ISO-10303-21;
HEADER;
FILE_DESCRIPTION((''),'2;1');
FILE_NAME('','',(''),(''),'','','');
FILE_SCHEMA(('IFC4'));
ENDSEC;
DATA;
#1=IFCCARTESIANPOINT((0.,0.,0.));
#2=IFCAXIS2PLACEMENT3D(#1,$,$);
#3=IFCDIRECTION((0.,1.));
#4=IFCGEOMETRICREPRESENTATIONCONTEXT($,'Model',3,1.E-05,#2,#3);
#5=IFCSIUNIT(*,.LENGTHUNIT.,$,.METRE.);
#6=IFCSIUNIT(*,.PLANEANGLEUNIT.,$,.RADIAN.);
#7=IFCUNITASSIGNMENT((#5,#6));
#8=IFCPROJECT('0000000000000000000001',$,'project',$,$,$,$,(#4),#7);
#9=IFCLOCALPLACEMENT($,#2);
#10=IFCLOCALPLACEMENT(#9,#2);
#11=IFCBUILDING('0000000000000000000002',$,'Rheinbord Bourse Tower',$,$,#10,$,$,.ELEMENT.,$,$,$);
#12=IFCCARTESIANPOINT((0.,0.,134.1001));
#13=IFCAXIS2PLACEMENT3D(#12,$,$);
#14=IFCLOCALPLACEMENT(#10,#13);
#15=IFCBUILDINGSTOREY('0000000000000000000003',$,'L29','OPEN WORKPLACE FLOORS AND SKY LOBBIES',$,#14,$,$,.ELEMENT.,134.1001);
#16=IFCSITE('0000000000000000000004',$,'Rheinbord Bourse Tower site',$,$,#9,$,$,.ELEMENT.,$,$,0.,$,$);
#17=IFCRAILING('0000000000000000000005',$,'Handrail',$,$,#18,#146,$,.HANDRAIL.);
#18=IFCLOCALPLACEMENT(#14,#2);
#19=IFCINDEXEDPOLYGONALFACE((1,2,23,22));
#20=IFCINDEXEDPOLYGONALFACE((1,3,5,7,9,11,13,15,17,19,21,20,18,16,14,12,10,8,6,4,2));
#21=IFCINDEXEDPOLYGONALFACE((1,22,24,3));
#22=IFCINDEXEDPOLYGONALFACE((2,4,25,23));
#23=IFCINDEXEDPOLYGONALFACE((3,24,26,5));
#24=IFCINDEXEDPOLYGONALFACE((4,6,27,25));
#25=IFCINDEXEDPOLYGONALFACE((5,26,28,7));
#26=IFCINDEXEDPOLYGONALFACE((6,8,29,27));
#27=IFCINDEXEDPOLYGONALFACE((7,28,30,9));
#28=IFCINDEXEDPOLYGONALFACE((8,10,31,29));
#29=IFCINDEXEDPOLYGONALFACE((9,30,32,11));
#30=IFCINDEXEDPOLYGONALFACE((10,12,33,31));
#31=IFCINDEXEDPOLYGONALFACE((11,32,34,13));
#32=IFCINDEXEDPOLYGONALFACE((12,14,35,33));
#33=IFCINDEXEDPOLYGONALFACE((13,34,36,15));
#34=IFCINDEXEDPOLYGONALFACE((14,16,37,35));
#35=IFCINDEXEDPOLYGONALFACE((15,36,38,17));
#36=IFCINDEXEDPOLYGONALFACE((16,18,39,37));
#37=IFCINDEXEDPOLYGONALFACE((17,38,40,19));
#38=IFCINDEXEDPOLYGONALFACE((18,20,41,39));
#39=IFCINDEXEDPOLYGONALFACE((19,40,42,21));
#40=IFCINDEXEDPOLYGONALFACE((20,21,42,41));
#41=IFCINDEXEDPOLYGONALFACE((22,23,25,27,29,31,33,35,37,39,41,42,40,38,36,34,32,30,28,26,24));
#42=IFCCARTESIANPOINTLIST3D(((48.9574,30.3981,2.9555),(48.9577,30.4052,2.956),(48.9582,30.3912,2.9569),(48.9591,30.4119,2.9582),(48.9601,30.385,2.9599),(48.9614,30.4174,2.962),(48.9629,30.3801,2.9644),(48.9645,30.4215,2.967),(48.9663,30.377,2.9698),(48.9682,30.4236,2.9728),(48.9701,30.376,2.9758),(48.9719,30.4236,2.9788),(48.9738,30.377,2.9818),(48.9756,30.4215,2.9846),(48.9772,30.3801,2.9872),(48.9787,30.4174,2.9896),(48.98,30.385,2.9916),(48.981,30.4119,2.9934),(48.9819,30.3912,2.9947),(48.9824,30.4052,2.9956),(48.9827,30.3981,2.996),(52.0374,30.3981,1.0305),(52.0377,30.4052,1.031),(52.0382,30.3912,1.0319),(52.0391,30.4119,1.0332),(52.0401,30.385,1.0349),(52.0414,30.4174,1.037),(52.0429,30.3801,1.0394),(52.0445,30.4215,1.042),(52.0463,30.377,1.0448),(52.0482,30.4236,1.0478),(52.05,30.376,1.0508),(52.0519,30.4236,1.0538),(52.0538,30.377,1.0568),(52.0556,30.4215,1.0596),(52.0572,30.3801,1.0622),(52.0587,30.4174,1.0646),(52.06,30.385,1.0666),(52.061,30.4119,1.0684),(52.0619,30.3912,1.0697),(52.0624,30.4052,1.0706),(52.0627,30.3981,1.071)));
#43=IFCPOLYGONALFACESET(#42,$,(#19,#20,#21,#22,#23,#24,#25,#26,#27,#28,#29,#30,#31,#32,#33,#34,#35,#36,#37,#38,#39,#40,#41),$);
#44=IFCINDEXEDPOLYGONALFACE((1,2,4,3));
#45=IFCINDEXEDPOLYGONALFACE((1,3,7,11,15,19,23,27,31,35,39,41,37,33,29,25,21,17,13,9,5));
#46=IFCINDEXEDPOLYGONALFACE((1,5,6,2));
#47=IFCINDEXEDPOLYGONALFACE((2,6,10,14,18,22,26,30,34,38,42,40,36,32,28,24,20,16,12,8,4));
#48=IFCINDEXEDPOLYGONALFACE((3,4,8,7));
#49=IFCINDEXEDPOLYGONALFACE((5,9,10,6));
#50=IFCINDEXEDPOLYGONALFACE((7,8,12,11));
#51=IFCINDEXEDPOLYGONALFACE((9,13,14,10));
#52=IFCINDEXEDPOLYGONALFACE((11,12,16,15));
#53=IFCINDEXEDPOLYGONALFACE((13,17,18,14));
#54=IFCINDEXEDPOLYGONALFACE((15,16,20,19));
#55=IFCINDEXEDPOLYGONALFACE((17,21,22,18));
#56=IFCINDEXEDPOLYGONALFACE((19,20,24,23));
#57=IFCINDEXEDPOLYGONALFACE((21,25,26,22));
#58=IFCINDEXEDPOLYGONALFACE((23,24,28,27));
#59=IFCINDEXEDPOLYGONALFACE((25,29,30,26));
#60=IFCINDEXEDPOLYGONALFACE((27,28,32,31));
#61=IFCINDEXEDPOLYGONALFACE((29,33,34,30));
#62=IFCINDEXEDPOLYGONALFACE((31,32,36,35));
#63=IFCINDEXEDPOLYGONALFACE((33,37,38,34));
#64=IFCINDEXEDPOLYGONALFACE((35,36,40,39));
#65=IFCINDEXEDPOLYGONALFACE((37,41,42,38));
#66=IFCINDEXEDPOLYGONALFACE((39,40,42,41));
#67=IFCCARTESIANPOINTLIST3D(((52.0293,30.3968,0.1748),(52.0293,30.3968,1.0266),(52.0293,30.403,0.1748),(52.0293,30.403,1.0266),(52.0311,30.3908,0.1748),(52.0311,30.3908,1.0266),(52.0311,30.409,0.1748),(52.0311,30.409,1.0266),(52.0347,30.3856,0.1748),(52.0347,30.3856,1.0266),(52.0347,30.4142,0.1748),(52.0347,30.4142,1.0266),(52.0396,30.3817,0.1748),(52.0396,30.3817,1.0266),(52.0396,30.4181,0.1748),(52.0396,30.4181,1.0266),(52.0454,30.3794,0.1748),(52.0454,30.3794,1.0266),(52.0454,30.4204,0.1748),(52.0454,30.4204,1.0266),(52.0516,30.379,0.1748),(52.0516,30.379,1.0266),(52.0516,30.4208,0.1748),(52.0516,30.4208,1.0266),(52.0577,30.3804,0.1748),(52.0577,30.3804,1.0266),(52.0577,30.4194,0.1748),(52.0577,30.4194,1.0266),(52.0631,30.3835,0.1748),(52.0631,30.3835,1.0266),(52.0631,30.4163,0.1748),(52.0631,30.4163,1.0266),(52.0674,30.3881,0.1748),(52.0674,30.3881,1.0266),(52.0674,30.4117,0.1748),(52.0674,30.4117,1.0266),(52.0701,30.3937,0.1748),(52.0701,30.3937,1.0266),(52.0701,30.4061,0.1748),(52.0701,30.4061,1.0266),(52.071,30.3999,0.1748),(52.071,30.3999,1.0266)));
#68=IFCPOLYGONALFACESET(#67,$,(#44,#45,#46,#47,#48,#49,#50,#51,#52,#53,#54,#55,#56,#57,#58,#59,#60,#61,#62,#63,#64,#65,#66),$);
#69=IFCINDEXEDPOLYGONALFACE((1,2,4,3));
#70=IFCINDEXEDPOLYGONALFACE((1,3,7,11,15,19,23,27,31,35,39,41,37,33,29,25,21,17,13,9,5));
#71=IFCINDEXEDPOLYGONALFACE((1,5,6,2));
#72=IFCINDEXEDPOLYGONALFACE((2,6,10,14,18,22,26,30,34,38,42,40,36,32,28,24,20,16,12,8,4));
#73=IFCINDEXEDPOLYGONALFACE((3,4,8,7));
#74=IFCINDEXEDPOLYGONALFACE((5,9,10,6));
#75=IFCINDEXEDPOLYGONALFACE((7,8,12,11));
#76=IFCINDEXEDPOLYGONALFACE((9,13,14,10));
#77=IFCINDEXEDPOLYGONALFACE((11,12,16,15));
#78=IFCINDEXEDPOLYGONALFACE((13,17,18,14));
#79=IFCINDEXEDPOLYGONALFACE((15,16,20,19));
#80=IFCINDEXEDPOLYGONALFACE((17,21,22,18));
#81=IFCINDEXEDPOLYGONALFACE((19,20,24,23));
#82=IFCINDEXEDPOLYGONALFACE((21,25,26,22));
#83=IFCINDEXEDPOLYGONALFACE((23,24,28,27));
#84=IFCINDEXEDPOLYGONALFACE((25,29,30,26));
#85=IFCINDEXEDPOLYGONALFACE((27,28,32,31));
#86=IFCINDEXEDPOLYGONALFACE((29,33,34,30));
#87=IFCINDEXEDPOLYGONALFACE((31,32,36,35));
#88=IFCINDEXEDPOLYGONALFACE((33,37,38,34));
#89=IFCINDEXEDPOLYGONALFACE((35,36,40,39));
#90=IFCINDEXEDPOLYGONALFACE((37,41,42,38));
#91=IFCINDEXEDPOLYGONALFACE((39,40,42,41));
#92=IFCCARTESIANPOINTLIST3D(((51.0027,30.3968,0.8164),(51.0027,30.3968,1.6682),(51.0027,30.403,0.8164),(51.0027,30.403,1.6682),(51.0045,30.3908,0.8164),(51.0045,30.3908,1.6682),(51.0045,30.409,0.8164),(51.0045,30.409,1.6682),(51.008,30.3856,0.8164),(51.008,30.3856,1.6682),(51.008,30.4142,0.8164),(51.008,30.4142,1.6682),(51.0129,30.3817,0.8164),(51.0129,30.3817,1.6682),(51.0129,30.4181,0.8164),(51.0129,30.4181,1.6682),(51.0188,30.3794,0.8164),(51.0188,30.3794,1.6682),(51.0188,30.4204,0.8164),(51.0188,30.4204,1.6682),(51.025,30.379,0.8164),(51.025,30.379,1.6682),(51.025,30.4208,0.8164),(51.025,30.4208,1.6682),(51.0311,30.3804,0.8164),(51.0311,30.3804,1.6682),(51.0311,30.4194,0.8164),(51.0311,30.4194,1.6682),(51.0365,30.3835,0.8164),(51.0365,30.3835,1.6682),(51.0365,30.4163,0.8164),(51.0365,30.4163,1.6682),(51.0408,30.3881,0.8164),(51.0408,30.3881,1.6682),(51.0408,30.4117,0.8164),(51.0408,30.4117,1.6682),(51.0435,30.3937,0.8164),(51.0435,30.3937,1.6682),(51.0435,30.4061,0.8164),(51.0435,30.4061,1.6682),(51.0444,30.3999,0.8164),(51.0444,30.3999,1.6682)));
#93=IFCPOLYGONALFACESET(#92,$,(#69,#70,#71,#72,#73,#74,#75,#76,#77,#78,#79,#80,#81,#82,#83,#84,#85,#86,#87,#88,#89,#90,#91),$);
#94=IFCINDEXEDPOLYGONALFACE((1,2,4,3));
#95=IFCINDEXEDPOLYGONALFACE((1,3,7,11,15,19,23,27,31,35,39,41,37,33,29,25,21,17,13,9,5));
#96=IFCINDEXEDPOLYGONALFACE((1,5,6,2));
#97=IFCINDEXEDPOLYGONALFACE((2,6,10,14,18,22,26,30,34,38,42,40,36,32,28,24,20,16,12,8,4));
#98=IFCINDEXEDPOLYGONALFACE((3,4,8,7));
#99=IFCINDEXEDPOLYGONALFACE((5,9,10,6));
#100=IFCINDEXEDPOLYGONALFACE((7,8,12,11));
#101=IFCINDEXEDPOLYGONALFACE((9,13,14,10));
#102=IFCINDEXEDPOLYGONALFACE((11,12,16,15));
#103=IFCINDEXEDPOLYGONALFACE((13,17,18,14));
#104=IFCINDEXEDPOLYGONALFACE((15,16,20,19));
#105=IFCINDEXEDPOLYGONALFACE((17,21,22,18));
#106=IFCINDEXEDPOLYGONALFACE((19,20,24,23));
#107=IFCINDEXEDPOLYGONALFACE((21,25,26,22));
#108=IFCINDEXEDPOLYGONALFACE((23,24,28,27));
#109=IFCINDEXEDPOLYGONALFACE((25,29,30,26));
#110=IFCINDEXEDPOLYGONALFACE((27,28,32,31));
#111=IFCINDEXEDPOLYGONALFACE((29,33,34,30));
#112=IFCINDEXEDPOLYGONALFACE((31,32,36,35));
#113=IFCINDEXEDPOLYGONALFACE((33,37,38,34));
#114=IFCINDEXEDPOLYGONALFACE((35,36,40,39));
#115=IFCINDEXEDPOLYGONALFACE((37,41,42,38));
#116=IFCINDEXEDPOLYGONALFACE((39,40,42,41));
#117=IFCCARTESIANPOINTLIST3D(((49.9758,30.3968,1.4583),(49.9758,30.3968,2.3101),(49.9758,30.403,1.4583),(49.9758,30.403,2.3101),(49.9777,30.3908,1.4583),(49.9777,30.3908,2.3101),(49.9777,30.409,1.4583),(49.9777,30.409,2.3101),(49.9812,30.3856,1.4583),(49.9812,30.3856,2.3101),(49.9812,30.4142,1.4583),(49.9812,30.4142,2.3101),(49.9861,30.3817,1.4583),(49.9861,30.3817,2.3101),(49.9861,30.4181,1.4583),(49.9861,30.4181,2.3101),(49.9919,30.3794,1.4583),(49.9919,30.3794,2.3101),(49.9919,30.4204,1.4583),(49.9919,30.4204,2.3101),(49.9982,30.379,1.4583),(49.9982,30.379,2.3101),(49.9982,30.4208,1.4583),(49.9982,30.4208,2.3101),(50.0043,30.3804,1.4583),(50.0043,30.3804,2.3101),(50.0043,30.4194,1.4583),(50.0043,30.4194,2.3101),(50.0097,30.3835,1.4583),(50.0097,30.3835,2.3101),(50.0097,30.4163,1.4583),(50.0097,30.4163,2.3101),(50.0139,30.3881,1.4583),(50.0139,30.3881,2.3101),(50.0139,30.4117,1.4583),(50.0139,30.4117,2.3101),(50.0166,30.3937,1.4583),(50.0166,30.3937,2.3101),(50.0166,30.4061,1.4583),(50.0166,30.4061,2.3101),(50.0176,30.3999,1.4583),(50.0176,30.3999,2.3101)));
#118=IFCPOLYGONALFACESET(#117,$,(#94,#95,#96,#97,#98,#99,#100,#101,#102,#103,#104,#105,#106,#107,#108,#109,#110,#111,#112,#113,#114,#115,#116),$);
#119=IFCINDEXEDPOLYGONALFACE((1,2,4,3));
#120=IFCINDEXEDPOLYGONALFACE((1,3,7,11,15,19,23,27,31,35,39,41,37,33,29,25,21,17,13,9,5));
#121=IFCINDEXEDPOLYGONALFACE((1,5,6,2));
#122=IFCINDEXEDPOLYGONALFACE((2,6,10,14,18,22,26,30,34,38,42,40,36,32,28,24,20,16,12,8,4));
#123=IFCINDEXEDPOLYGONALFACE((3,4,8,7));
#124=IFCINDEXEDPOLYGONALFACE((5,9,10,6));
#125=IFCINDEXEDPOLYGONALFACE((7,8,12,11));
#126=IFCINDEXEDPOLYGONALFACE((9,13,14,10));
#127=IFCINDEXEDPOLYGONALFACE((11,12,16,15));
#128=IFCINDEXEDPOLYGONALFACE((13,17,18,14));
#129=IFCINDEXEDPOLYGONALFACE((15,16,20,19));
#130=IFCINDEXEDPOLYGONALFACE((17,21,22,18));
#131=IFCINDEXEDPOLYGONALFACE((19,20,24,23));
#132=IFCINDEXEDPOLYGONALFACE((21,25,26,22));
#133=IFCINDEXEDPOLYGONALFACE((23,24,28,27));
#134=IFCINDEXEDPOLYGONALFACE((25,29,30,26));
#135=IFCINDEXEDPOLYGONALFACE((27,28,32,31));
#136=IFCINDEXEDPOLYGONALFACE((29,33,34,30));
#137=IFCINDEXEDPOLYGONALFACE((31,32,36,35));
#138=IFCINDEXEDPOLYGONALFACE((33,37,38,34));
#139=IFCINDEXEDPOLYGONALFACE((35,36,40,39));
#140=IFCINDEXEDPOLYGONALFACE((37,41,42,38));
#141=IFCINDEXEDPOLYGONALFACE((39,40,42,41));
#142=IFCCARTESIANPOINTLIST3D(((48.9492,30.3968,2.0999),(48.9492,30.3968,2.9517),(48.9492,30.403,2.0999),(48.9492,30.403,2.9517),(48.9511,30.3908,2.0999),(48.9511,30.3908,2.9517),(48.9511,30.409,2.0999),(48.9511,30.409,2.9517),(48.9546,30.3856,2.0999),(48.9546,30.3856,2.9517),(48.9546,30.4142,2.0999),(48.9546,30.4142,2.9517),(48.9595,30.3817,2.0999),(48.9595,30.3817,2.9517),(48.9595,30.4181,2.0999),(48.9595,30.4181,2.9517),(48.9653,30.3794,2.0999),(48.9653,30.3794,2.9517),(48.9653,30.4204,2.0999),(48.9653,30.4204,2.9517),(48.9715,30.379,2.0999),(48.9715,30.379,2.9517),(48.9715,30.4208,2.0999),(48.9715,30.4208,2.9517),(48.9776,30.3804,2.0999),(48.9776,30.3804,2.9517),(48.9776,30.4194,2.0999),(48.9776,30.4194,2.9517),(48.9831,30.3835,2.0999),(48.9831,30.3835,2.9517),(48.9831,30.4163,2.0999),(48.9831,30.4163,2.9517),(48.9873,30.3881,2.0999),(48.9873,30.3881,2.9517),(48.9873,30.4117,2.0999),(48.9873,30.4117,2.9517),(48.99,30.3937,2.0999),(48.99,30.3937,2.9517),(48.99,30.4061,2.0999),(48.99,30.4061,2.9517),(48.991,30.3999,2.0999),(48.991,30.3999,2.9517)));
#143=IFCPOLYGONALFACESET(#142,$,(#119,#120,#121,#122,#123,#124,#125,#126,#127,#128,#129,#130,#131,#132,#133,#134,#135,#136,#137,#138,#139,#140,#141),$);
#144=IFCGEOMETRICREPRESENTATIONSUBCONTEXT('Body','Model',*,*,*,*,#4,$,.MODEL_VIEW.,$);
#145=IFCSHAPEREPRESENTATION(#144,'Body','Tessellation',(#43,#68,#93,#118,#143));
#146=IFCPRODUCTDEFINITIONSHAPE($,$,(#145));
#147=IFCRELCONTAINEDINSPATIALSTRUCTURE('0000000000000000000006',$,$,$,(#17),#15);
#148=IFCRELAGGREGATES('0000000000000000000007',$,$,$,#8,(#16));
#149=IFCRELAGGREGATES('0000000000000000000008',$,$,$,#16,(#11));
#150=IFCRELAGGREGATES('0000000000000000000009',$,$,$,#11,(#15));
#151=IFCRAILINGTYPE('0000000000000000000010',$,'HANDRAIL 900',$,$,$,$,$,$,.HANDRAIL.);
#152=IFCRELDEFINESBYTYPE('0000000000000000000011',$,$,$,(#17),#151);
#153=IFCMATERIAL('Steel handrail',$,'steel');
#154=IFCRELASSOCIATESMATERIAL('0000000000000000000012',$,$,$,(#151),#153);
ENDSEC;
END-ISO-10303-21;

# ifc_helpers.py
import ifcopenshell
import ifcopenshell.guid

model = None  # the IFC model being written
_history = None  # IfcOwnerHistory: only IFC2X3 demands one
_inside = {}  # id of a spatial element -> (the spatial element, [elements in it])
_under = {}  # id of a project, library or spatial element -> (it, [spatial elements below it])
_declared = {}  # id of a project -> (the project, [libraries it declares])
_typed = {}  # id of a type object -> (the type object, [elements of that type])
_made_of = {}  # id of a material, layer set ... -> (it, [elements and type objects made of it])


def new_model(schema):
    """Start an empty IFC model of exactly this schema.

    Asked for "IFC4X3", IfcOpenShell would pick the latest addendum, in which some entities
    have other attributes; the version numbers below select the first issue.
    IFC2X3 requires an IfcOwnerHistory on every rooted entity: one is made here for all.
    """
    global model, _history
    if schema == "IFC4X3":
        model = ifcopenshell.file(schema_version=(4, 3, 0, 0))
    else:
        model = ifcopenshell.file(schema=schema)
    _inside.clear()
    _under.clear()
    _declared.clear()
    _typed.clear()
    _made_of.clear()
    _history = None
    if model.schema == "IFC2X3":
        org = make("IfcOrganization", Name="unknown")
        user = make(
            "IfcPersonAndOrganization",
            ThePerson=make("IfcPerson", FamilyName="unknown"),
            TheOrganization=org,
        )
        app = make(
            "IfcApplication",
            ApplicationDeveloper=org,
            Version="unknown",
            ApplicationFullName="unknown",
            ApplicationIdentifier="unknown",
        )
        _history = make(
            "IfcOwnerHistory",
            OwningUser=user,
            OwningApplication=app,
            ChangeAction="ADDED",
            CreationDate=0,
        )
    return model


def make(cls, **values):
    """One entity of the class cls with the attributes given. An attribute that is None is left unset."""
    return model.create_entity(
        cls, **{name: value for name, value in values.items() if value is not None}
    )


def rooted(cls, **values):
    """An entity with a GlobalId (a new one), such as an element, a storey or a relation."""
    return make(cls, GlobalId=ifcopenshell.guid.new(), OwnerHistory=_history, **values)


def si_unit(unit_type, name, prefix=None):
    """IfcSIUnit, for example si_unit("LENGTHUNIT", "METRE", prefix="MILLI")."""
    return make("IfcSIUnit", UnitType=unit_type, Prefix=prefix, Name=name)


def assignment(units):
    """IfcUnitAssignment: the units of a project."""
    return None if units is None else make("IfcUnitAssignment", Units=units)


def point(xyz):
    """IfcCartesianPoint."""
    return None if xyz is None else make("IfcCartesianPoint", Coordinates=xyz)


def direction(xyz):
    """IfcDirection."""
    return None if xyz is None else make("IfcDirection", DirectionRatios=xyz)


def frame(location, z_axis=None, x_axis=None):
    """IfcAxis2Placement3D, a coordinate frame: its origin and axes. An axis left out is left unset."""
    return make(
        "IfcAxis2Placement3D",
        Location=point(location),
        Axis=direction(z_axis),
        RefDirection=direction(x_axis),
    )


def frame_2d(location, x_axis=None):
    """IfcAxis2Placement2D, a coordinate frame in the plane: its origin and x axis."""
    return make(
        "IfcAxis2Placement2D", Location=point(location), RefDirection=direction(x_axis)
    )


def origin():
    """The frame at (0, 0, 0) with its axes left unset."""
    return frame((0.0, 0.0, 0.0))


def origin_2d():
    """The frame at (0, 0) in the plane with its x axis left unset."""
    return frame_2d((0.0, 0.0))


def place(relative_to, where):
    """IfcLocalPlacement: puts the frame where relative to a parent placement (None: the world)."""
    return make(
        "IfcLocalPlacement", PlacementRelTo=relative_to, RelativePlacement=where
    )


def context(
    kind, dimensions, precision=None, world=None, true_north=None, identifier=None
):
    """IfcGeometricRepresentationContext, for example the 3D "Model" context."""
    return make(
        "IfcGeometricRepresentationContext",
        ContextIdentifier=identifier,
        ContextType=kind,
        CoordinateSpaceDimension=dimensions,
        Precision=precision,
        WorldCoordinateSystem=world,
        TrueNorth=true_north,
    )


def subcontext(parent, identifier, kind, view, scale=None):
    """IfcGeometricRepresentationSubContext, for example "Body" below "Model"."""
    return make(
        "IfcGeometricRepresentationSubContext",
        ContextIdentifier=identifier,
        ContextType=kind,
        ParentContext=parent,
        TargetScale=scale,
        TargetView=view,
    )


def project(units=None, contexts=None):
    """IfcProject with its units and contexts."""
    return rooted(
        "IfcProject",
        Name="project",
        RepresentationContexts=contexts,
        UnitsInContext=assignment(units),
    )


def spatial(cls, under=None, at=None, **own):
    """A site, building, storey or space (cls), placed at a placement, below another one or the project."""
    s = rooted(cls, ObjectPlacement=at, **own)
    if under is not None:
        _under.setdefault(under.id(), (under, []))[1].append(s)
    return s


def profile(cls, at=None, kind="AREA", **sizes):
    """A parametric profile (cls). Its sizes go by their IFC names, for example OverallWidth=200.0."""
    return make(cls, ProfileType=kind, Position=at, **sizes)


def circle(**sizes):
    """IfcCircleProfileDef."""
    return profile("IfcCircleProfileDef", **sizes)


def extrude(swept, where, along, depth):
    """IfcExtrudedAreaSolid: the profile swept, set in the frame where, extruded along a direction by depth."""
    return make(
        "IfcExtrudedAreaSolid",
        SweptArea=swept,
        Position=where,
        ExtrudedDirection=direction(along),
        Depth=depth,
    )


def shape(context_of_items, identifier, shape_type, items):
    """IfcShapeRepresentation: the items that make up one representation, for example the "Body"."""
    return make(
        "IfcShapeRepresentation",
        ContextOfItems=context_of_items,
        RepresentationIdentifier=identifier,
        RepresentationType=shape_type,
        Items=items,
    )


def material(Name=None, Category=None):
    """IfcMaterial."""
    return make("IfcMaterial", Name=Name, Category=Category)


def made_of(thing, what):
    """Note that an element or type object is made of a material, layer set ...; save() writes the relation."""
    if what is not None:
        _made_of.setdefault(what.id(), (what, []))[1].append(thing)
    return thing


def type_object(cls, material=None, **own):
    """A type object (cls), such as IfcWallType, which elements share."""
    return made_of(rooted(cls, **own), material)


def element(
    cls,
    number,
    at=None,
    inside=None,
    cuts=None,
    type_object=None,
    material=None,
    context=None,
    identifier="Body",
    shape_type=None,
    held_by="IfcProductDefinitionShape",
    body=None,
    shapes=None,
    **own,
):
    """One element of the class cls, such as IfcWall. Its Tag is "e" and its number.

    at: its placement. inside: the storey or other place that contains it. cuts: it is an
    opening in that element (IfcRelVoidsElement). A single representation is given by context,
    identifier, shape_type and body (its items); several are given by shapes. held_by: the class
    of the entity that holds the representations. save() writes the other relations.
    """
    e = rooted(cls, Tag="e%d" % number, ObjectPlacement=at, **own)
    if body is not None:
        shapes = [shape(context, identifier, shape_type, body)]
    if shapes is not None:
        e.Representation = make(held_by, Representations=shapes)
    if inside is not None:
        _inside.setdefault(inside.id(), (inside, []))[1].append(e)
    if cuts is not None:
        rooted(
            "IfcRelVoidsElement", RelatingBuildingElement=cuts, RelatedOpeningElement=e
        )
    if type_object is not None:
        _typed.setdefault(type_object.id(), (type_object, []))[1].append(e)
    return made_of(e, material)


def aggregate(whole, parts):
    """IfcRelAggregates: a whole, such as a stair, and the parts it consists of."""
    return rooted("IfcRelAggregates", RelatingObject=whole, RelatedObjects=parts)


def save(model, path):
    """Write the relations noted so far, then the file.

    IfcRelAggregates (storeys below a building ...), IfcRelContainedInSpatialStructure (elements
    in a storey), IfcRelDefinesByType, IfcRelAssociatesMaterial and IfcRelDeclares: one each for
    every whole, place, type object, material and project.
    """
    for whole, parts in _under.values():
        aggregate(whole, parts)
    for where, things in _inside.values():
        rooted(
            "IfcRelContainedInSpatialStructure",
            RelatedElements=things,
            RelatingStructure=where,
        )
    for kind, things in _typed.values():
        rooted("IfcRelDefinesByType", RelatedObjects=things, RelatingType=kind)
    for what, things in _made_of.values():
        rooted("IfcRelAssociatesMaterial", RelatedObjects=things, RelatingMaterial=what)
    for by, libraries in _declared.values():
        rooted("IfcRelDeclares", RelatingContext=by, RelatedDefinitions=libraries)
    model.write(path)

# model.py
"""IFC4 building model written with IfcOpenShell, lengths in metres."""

from ifc_helpers import new_model, si_unit, direction, frame, origin, origin_2d, place, context, subcontext, project, spatial, circle, extrude, material, type_object, element, save


model = new_model("IFC4")

# Units and contexts
model_context = context("Model", 3, precision=1e-05, world=origin(), true_north=direction((0.0, 1.0)))
body_context = subcontext(model_context, "Body", "Model", "MODEL_VIEW")
ifc_project = project(units=[si_unit("LENGTHUNIT", "METRE"), si_unit("PLANEANGLEUNIT", "RADIAN")], contexts=[model_context])

# Site, building, storey
site_placement = place(None, origin())
site = spatial("IfcSite", under=ifc_project, at=site_placement, Name="Rheinbord Bourse Tower site", CompositionType="ELEMENT", RefElevation=0.0)
building_placement = place(site_placement, origin())
building = spatial("IfcBuilding", under=site, at=building_placement, Name="Rheinbord Bourse Tower", CompositionType="ELEMENT")
storey_placement = place(building_placement, frame((0.0, 0.0, 134.1001)))
storey = spatial("IfcBuildingStorey", under=building, at=storey_placement, Name="L29", Description="OPEN WORKPLACE FLOORS AND SKY LOBBIES", CompositionType="ELEMENT", Elevation=134.1001)

# Railing
ifc_material_1 = material(Name="Steel handrail", Category="steel")
railing_type = type_object("IfcRailingType", Name="HANDRAIL 900", PredefinedType="HANDRAIL", material=ifc_material_1)
railing_1_placement = place(storey_placement, frame((52.05, 30.3999, 0.1748)))
element("IfcRailing", 1, at=railing_1_placement, inside=storey, type_object=railing_type, Name="Handrail", PredefinedType="HANDRAIL", context=body_context, shape_type="SweptSolid", body=[
    extrude(circle(Radius=0.0239, at=origin_2d()), frame((0.0, 0.0, 0.876), z_axis=(-0.847998, 0.0, 0.529999), x_axis=(0.0, -1.0, 0.0)), (0.0, 0.0, 1.0), 3.6321),
    extrude(circle(Radius=0.021, at=origin_2d()), origin(), (0.0, 0.0, 1.0), 0.8518),
    extrude(circle(Radius=0.021, at=origin_2d()), frame((-1.0266, 0.0, 0.6416)), (0.0, 0.0, 1.0), 0.8518),
    extrude(circle(Radius=0.021, at=origin_2d()), frame((-2.0535, 0.0, 1.2834)), (0.0, 0.0, 1.0), 0.8518),
    extrude(circle(Radius=0.021, at=origin_2d()), frame((-3.0801, 0.0, 1.925)), (0.0, 0.0, 1.0), 0.8518),
])

save(model, "model.ifc")
